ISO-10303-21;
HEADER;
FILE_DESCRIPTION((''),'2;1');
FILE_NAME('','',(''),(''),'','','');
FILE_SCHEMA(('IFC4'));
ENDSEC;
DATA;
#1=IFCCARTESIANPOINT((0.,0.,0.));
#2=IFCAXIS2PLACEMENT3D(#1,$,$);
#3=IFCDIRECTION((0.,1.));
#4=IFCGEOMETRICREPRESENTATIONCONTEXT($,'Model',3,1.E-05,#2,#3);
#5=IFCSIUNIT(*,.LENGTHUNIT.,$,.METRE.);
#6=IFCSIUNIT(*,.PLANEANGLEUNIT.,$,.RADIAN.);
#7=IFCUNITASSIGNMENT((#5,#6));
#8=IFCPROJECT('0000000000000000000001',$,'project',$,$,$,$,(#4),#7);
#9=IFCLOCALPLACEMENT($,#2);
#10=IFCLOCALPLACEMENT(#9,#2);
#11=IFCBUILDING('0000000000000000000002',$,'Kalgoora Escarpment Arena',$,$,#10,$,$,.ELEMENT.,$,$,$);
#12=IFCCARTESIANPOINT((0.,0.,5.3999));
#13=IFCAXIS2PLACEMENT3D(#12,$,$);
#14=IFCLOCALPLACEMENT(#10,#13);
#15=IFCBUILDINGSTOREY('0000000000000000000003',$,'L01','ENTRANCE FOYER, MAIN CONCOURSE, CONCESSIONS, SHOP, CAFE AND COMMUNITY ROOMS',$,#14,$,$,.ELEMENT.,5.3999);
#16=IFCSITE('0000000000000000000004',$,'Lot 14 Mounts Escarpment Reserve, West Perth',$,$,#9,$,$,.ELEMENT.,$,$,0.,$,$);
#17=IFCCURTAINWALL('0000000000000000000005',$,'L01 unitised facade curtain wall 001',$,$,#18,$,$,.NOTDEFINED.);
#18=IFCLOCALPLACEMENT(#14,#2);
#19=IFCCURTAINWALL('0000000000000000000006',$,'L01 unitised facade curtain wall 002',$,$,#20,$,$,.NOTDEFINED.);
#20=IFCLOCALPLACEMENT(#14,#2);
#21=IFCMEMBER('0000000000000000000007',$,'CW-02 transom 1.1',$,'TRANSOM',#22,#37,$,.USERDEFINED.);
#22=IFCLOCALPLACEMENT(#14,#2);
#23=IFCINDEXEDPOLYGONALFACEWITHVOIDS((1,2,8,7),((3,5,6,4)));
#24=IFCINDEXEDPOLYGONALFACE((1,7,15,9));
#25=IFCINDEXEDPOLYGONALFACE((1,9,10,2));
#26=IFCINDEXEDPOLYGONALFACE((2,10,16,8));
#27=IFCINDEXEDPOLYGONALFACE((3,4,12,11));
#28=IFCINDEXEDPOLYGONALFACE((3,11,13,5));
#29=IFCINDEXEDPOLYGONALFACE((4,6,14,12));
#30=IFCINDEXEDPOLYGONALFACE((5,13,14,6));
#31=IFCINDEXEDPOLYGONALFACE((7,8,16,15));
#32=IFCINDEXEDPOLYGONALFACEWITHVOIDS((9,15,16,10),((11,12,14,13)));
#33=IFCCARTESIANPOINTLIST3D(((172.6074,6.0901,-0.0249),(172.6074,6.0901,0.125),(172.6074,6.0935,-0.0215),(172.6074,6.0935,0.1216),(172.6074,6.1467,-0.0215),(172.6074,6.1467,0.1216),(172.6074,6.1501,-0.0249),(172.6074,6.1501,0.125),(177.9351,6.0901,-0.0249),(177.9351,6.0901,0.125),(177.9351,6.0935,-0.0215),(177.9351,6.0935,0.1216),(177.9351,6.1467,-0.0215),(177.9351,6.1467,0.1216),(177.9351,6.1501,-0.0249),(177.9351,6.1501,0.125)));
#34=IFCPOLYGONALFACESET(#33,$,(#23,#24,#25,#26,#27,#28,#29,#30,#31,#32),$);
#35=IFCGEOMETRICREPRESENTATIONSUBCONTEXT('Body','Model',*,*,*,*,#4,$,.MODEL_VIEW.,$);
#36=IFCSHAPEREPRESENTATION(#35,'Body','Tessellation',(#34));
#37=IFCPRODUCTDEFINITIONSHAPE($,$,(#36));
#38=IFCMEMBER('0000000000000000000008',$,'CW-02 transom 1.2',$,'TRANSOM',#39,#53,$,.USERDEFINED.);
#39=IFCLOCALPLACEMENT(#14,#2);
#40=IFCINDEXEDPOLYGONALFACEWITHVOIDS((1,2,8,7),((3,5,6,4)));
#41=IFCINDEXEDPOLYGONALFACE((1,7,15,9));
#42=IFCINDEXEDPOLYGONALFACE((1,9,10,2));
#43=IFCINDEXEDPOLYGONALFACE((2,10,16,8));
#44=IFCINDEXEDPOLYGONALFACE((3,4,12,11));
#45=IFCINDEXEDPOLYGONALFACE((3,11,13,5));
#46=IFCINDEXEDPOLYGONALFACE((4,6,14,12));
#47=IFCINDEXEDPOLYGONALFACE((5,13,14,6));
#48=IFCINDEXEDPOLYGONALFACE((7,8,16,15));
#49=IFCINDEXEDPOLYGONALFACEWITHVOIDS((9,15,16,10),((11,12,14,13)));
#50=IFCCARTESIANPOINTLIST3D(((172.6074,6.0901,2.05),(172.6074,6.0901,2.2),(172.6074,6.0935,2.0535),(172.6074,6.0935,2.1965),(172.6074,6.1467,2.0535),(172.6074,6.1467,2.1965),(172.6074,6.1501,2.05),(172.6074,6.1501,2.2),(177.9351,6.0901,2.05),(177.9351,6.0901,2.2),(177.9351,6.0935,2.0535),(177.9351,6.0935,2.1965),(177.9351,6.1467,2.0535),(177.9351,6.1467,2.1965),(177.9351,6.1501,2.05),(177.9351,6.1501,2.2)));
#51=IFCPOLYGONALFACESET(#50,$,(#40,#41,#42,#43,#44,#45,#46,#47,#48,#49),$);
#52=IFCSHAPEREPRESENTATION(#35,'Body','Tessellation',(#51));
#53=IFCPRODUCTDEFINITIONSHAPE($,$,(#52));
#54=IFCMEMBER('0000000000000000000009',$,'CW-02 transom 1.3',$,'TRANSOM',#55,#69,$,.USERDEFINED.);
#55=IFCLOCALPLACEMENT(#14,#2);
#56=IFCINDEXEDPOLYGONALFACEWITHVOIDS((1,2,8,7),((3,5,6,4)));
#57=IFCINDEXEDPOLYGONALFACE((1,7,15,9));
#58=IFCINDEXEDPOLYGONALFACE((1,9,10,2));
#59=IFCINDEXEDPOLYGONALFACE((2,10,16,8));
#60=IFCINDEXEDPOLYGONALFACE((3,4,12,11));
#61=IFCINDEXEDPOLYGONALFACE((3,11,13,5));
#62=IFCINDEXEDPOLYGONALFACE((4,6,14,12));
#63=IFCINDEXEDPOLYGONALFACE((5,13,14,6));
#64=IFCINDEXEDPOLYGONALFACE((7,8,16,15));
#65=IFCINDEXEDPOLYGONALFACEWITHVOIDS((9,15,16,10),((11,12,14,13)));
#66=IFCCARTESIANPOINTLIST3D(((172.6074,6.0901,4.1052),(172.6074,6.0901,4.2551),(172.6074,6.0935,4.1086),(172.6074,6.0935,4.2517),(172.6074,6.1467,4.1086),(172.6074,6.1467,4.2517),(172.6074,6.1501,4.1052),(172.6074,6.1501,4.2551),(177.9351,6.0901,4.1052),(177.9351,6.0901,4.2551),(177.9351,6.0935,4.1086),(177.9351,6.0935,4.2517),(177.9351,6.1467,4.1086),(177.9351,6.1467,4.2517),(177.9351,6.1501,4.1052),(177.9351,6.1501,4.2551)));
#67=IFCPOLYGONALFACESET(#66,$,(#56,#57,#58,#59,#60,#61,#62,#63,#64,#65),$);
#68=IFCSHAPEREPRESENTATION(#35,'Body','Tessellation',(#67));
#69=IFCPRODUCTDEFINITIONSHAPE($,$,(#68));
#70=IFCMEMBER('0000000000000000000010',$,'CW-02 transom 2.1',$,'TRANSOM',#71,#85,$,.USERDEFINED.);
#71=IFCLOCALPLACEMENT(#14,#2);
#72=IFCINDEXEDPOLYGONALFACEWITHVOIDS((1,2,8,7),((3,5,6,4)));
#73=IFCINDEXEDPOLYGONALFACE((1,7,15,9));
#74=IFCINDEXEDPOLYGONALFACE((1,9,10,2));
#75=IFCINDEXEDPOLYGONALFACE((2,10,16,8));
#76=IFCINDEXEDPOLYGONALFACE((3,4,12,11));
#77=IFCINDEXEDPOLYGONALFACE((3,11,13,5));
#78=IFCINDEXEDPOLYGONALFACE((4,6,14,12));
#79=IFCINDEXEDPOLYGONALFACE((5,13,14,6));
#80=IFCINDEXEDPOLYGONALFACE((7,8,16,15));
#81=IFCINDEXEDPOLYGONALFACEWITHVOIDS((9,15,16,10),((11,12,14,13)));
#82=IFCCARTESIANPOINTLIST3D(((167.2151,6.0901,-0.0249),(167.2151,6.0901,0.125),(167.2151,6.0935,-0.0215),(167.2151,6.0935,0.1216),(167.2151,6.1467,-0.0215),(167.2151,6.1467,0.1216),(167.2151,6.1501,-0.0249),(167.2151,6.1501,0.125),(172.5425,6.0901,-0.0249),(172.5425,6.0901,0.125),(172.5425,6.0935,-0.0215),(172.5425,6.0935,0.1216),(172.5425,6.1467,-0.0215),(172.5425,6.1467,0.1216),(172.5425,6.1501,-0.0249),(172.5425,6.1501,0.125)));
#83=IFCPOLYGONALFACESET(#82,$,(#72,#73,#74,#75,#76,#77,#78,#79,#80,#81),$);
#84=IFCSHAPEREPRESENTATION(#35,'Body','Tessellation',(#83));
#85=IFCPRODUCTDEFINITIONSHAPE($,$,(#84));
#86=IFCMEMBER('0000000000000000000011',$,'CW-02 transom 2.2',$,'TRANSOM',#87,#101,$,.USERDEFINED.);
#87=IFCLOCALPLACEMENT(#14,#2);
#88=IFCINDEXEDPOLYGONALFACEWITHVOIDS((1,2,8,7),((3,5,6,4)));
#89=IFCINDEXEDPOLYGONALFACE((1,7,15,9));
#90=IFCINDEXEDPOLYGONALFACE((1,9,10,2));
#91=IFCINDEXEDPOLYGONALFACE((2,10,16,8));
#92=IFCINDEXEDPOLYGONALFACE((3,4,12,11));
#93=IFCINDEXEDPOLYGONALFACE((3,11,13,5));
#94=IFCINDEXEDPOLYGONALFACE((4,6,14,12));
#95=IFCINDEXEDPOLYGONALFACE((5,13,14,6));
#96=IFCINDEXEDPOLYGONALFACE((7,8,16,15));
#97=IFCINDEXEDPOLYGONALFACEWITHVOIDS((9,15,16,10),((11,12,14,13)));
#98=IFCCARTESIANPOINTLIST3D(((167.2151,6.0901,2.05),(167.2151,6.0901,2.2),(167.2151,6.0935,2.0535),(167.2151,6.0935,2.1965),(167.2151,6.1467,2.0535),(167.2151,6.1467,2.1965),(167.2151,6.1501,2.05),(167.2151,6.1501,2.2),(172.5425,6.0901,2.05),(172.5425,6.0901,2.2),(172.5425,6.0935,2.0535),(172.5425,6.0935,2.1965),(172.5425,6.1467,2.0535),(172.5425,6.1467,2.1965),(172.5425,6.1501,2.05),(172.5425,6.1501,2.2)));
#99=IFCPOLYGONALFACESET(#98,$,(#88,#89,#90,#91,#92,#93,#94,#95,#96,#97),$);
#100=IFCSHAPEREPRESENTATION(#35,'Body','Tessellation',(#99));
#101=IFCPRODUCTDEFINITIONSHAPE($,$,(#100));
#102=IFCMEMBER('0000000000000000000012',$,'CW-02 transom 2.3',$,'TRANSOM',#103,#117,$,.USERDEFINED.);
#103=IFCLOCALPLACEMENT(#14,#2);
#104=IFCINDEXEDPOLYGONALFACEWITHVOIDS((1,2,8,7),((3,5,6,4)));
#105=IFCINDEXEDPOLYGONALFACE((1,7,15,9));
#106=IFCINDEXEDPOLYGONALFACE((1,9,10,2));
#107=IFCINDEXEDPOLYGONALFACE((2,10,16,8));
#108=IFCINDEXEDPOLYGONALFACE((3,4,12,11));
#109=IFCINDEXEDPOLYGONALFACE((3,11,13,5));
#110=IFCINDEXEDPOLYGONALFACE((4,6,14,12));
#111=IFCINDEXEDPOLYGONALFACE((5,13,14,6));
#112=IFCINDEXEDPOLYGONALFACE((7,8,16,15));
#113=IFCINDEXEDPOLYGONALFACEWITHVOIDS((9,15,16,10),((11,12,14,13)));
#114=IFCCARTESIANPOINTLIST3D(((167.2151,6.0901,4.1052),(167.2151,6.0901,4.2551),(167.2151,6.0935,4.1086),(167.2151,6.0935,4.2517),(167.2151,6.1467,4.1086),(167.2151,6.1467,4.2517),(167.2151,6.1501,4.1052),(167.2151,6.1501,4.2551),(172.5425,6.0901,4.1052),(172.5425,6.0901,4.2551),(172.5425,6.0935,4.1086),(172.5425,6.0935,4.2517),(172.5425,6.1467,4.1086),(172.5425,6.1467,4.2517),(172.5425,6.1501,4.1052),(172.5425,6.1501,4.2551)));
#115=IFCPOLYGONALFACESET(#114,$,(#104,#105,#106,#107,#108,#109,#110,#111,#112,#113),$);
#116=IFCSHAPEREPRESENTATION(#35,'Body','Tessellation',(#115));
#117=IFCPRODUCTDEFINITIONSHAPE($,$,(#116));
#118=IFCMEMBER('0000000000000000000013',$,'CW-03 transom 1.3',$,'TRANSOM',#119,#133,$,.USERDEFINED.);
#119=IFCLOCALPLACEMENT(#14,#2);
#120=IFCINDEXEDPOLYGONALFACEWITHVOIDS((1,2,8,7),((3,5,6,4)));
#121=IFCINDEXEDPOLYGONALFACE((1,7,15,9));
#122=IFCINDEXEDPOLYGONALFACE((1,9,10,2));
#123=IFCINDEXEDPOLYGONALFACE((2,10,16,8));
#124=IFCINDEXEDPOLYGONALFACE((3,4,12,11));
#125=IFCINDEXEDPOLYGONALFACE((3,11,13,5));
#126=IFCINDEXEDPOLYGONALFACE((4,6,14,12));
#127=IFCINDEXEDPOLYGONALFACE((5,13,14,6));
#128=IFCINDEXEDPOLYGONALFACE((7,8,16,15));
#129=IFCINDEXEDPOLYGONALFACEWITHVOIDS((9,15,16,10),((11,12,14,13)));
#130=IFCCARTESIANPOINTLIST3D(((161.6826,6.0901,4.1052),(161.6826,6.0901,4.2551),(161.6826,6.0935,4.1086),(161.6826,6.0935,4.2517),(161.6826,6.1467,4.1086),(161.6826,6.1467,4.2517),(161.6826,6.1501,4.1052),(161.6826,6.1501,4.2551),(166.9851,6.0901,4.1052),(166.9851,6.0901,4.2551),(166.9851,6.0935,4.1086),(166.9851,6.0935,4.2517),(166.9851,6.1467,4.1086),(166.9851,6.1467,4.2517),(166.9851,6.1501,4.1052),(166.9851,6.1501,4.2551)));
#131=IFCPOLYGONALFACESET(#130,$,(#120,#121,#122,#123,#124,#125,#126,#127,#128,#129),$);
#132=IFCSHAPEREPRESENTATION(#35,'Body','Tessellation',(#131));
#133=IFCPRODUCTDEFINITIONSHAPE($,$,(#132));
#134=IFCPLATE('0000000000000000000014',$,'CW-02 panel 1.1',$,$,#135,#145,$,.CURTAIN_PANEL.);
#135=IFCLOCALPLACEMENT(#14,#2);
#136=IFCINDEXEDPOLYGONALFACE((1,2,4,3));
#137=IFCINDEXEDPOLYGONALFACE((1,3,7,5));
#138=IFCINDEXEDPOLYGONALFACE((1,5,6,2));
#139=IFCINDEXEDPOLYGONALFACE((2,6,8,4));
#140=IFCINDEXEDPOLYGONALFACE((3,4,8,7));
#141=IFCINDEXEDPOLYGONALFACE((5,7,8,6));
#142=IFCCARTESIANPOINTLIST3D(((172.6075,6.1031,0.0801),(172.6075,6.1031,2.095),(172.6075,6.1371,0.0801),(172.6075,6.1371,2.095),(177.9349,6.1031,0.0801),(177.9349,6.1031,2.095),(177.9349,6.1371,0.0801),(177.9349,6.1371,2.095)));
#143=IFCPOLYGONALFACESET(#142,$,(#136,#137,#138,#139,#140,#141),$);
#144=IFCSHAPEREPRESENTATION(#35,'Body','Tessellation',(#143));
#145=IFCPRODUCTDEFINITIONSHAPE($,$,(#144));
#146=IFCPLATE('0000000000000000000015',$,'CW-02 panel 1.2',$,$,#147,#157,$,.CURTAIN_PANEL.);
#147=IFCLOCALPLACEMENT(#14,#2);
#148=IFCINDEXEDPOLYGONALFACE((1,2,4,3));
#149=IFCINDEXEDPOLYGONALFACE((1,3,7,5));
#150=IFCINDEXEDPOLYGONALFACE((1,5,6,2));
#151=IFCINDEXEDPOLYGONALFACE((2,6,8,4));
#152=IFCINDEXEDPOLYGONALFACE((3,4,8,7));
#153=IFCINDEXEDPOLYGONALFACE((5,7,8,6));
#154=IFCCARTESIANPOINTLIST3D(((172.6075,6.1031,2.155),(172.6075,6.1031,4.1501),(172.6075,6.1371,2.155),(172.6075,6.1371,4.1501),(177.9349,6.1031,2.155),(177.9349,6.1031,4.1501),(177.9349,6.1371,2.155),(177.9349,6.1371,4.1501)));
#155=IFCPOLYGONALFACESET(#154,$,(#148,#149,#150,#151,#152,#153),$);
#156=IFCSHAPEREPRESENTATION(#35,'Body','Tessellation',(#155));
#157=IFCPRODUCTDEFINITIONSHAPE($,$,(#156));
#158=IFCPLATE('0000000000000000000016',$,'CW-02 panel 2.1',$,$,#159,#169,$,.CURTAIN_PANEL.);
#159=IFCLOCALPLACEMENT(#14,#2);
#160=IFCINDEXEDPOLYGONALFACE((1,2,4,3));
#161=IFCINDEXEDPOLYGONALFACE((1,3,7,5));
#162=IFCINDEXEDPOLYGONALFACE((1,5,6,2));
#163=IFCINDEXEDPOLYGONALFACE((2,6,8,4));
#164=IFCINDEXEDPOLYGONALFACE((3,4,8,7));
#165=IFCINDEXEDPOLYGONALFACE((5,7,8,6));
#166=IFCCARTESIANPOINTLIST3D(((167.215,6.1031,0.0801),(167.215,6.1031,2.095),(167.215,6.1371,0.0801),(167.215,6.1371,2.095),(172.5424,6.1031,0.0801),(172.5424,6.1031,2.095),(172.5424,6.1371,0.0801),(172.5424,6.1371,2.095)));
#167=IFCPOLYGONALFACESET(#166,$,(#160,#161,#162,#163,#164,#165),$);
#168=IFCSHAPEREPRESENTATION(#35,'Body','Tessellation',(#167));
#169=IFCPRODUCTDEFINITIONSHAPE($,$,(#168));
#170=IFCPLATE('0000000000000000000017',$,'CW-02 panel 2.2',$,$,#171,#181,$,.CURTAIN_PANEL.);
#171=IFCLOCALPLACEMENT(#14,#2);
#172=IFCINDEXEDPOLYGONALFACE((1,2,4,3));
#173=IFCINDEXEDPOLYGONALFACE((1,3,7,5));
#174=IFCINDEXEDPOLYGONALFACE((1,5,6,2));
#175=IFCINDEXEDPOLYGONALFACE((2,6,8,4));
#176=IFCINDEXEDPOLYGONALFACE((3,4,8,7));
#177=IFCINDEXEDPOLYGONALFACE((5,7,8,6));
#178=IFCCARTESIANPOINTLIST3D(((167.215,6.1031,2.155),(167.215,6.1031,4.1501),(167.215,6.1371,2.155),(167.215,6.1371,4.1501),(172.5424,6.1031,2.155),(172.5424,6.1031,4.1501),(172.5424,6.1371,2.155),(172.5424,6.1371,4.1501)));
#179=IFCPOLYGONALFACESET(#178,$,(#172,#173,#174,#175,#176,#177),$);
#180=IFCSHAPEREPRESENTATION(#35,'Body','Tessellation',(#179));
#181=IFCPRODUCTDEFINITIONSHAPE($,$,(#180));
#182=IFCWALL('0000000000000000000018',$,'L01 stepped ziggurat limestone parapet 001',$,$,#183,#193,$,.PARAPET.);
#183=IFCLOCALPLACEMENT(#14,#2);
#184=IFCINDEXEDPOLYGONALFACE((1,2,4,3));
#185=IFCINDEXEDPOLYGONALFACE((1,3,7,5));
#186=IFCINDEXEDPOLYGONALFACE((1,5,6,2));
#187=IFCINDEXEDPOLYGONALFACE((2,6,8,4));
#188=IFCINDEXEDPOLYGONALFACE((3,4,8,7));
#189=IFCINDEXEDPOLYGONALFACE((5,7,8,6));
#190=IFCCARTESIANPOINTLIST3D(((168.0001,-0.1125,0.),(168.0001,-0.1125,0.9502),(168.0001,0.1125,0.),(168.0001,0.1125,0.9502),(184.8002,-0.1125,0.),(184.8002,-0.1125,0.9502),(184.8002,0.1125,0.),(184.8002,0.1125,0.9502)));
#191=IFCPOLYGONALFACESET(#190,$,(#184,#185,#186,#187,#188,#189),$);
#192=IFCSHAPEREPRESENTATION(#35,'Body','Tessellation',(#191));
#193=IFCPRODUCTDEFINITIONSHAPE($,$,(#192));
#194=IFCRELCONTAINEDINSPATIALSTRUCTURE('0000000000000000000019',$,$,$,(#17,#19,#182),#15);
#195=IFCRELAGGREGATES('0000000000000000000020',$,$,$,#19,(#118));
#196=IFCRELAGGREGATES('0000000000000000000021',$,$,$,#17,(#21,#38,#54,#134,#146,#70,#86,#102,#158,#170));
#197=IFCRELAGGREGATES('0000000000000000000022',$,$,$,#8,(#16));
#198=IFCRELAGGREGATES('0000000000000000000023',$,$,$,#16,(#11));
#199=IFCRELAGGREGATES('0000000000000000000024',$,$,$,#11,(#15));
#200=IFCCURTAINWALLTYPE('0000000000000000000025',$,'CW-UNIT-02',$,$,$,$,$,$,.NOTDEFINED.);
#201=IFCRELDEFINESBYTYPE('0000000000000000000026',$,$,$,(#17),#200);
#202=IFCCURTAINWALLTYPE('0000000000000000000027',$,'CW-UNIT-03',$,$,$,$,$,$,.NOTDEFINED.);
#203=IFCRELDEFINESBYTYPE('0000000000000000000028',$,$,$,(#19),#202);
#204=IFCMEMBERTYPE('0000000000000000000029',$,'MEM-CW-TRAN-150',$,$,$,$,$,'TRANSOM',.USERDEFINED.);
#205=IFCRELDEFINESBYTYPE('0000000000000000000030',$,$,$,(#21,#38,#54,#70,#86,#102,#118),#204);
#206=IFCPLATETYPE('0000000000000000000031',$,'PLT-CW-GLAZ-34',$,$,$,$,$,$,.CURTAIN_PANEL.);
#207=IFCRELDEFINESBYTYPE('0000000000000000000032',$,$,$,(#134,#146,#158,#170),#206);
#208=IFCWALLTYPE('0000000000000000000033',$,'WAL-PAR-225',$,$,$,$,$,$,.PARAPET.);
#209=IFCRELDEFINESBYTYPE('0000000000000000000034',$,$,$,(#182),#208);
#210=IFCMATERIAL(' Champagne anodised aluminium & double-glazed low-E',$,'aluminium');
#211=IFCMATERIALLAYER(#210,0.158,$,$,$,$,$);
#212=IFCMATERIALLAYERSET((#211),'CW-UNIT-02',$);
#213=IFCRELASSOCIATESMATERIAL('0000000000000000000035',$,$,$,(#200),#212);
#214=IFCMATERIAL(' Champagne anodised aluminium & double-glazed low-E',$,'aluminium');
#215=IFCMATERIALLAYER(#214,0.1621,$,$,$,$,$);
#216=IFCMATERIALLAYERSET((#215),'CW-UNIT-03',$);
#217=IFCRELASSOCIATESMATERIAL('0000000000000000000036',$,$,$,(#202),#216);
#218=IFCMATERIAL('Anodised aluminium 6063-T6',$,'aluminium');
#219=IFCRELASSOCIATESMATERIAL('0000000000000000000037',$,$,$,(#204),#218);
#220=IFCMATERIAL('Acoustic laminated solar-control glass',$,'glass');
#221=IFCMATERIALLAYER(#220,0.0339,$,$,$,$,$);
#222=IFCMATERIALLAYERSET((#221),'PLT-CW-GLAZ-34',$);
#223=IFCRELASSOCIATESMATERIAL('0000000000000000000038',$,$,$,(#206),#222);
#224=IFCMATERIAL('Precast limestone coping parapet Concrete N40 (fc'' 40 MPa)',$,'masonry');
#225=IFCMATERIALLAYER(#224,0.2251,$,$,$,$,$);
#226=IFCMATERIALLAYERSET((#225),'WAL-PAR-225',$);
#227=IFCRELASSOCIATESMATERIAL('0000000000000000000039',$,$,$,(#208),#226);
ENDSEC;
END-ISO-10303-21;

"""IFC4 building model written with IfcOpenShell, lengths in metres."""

from ifc_helpers import new_model, si_unit, direction, frame, frame_2d, origin, origin_2d, place, context, subcontext, project, spatial, rectangle, hollow_rectangle, extrude, material, layer, layer_set, material_profile, profile_set, type_object, element, aggregate, save


model = new_model("IFC4")

# Units and contexts
model_context = context("Model", 3, precision=1e-05, world=origin(), true_north=direction((0.0, 1.0)))
body_context = subcontext(model_context, "Body", "Model", "MODEL_VIEW")
ifc_project = project(units=[si_unit("LENGTHUNIT", "METRE"), si_unit("PLANEANGLEUNIT", "RADIAN")], contexts=[model_context])

# Site, building, storey
site_placement = place(None, origin())
site = spatial("IfcSite", under=ifc_project, at=site_placement, Name="Lot 14 Mounts Escarpment Reserve, West Perth", CompositionType="ELEMENT", RefElevation=0.0)
building_placement = place(site_placement, origin())
building = spatial("IfcBuilding", under=site, at=building_placement, Name="Kalgoora Escarpment Arena", CompositionType="ELEMENT")
storey_placement = place(building_placement, frame((0.0, 0.0, 5.3999)))
storey = spatial("IfcBuildingStorey", under=building, at=storey_placement, Name="L01", Description="ENTRANCE FOYER, MAIN CONCOURSE, CONCESSIONS, SHOP, CAFE AND COMMUNITY ROOMS", CompositionType="ELEMENT", Elevation=5.3999)

# Curtain wall
ifc_material_1 = material(Name=" Champagne anodised aluminium & double-glazed low-E", Category="aluminium")
ifc_layer_1 = layer(ifc_material_1, 0.158)
ifc_layer_set_1 = layer_set([ifc_layer_1], Name="CW-UNIT-02")
curtain_wall_type_1 = type_object("IfcCurtainWallType", Name="CW-UNIT-02", PredefinedType="NOTDEFINED", material=ifc_layer_set_1)
curtain_wall_1_placement = place(storey_placement, origin())
curtain_wall_1 = element("IfcCurtainWall", 1, at=curtain_wall_1_placement, inside=storey, type_object=curtain_wall_type_1, Name="L01 unitised facade curtain wall 001", PredefinedType="NOTDEFINED")

# Curtain wall
ifc_material_2 = material(Name=" Champagne anodised aluminium & double-glazed low-E", Category="aluminium")
ifc_layer_2 = layer(ifc_material_2, 0.1621)
ifc_layer_set_2 = layer_set([ifc_layer_2], Name="CW-UNIT-03")
curtain_wall_type_2 = type_object("IfcCurtainWallType", Name="CW-UNIT-03", PredefinedType="NOTDEFINED", material=ifc_layer_set_2)
curtain_wall_2_placement = place(storey_placement, origin())
curtain_wall_2 = element("IfcCurtainWall", 2, at=curtain_wall_2_placement, inside=storey, type_object=curtain_wall_type_2, Name="L01 unitised facade curtain wall 002", PredefinedType="NOTDEFINED")

# Members
ifc_material_3 = material(Name="Anodised aluminium 6063-T6", Category="aluminium")
ifc_material_profile_1 = material_profile(ifc_material_3, hollow_rectangle(XDim=0.0601, YDim=0.1499, WallThickness=0.0034, at=origin_2d()))
ifc_profile_set_1 = profile_set([ifc_material_profile_1], Name="Anodised aluminium 6063-T6")
member_type_1 = type_object("IfcMemberType", Name="MEM-CW-TRAN-150", ElementType="TRANSOM", PredefinedType="USERDEFINED", material=ifc_profile_set_1)
member_1_placement = place(storey_placement, frame((177.9351, 6.1201, 0.05), z_axis=(-1.0, 0.0, 0.0), x_axis=(0.0, -1.0, 0.0)))
member_1 = element("IfcMember", 3, at=member_1_placement, type_object=member_type_1, Name="CW-02 transom 1.1", ObjectType="TRANSOM", PredefinedType="USERDEFINED", context=body_context, shape_type="SweptSolid", body=[
    extrude(hollow_rectangle(XDim=0.0601, YDim=0.1499, WallThickness=0.0034, at=origin_2d()), origin(), (0.0, 0.0, 1.0), 5.3276),
])
member_2_placement = place(storey_placement, frame((177.9351, 6.1201, 2.125), z_axis=(-1.0, 0.0, 0.0), x_axis=(0.0, -1.0, 0.0)))
member_2 = element("IfcMember", 4, at=member_2_placement, type_object=member_type_1, Name="CW-02 transom 1.2", ObjectType="TRANSOM", PredefinedType="USERDEFINED", context=body_context, shape_type="SweptSolid", body=[
    extrude(hollow_rectangle(XDim=0.0601, YDim=0.1499, WallThickness=0.0034, at=origin_2d()), origin(), (0.0, 0.0, 1.0), 5.3276),
])
member_3_placement = place(storey_placement, frame((177.9351, 6.1201, 4.1802), z_axis=(-1.0, 0.0, 0.0), x_axis=(0.0, -1.0, 0.0)))
member_3 = element("IfcMember", 5, at=member_3_placement, type_object=member_type_1, Name="CW-02 transom 1.3", ObjectType="TRANSOM", PredefinedType="USERDEFINED", context=body_context, shape_type="SweptSolid", body=[
    extrude(hollow_rectangle(XDim=0.0601, YDim=0.1499, WallThickness=0.0034, at=origin_2d()), origin(), (0.0, 0.0, 1.0), 5.3276),
])
member_4_placement = place(storey_placement, frame((172.5425, 6.1201, 0.05), z_axis=(-1.0, 0.0, 0.0), x_axis=(0.0, -1.0, 0.0)))
member_4 = element("IfcMember", 6, at=member_4_placement, type_object=member_type_1, Name="CW-02 transom 2.1", ObjectType="TRANSOM", PredefinedType="USERDEFINED", context=body_context, shape_type="SweptSolid", body=[
    extrude(hollow_rectangle(XDim=0.0601, YDim=0.1499, WallThickness=0.0034, at=origin_2d()), origin(), (0.0, 0.0, 1.0), 5.3274),
])
member_5_placement = place(storey_placement, frame((172.5425, 6.1201, 2.125), z_axis=(-1.0, 0.0, 0.0), x_axis=(0.0, -1.0, 0.0)))
member_5 = element("IfcMember", 7, at=member_5_placement, type_object=member_type_1, Name="CW-02 transom 2.2", ObjectType="TRANSOM", PredefinedType="USERDEFINED", context=body_context, shape_type="SweptSolid", body=[
    extrude(hollow_rectangle(XDim=0.0601, YDim=0.1499, WallThickness=0.0034, at=origin_2d()), origin(), (0.0, 0.0, 1.0), 5.3274),
])
member_6_placement = place(storey_placement, frame((172.5425, 6.1201, 4.1802), z_axis=(-1.0, 0.0, 0.0), x_axis=(0.0, -1.0, 0.0)))
member_6 = element("IfcMember", 8, at=member_6_placement, type_object=member_type_1, Name="CW-02 transom 2.3", ObjectType="TRANSOM", PredefinedType="USERDEFINED", context=body_context, shape_type="SweptSolid", body=[
    extrude(hollow_rectangle(XDim=0.0601, YDim=0.1499, WallThickness=0.0034, at=origin_2d()), origin(), (0.0, 0.0, 1.0), 5.3274),
])
member_7_placement = place(storey_placement, frame((166.9851, 6.1201, 4.1802), z_axis=(-1.0, 0.0, 0.0), x_axis=(0.0, -1.0, 0.0)))
member_7 = element("IfcMember", 9, at=member_7_placement, type_object=member_type_1, Name="CW-03 transom 1.3", ObjectType="TRANSOM", PredefinedType="USERDEFINED", context=body_context, shape_type="SweptSolid", body=[
    extrude(hollow_rectangle(XDim=0.0601, YDim=0.1499, WallThickness=0.0034, at=origin_2d()), origin(), (0.0, 0.0, 1.0), 5.3025),
])
aggregate(curtain_wall_2, [member_7])

# Plates
ifc_material_4 = material(Name="Acoustic laminated solar-control glass", Category="glass")
ifc_layer_3 = layer(ifc_material_4, 0.0339)
ifc_layer_set_3 = layer_set([ifc_layer_3], Name="PLT-CW-GLAZ-34")
plate_type = type_object("IfcPlateType", Name="PLT-CW-GLAZ-34", PredefinedType="CURTAIN_PANEL", material=ifc_layer_set_3)
plate_1_placement = place(storey_placement, frame((175.2712, 6.1201, 0.0801), z_axis=(0.0, 0.0, 1.0), x_axis=(-1.0, 0.0, 0.0)))
plate_1 = element("IfcPlate", 10, at=plate_1_placement, type_object=plate_type, Name="CW-02 panel 1.1", PredefinedType="CURTAIN_PANEL", context=body_context, shape_type="SweptSolid", body=[
    extrude(rectangle(XDim=5.3274, YDim=0.0339, at=origin_2d()), origin(), (0.0, 0.0, 1.0), 2.0149),
])
plate_2_placement = place(storey_placement, frame((175.2712, 6.1201, 2.155), z_axis=(0.0, 0.0, 1.0), x_axis=(-1.0, 0.0, 0.0)))
plate_2 = element("IfcPlate", 11, at=plate_2_placement, type_object=plate_type, Name="CW-02 panel 1.2", PredefinedType="CURTAIN_PANEL", context=body_context, shape_type="SweptSolid", body=[
    extrude(rectangle(XDim=5.3274, YDim=0.0339, at=origin_2d()), origin(), (0.0, 0.0, 1.0), 1.9951),
])
plate_3_placement = place(storey_placement, frame((169.8787, 6.1201, 0.0801), z_axis=(0.0, 0.0, 1.0), x_axis=(-1.0, 0.0, 0.0)))
plate_3 = element("IfcPlate", 12, at=plate_3_placement, type_object=plate_type, Name="CW-02 panel 2.1", PredefinedType="CURTAIN_PANEL", context=body_context, shape_type="SweptSolid", body=[
    extrude(rectangle(XDim=5.3274, YDim=0.0339, at=origin_2d()), origin(), (0.0, 0.0, 1.0), 2.0149),
])
plate_4_placement = place(storey_placement, frame((169.8787, 6.1201, 2.155), z_axis=(0.0, 0.0, 1.0), x_axis=(-1.0, 0.0, 0.0)))
plate_4 = element("IfcPlate", 13, at=plate_4_placement, type_object=plate_type, Name="CW-02 panel 2.2", PredefinedType="CURTAIN_PANEL", context=body_context, shape_type="SweptSolid", body=[
    extrude(rectangle(XDim=5.3274, YDim=0.0339, at=origin_2d()), origin(), (0.0, 0.0, 1.0), 1.9951),
])
aggregate(curtain_wall_1, [member_1, member_2, member_3, plate_1, plate_2, member_4, member_5, member_6, plate_3, plate_4])

# Wall
ifc_material_5 = material(Name="Precast limestone coping parapet Concrete N40 (fc' 40 MPa)", Category="masonry")
ifc_layer_4 = layer(ifc_material_5, 0.2251)
ifc_layer_set_4 = layer_set([ifc_layer_4], Name="WAL-PAR-225")
wall_type = type_object("IfcWallType", Name="WAL-PAR-225", PredefinedType="PARAPET", material=ifc_layer_set_4)
wall_placement = place(storey_placement, frame((184.8, 0.0, 0.0), z_axis=(0.0, 0.0, 1.0), x_axis=(-1.0, 0.0, 0.0)))
element("IfcWall", 14, at=wall_placement, inside=storey, type_object=wall_type, Name="L01 stepped ziggurat limestone parapet 001", PredefinedType="PARAPET", context=body_context, shape_type="SweptSolid", body=[
    extrude(rectangle(XDim=16.8, YDim=0.2251, at=frame_2d((8.3999, 0.0))), origin(), (0.0, 0.0, 1.0), 0.9502),
])

save(model, "model.ifc")
